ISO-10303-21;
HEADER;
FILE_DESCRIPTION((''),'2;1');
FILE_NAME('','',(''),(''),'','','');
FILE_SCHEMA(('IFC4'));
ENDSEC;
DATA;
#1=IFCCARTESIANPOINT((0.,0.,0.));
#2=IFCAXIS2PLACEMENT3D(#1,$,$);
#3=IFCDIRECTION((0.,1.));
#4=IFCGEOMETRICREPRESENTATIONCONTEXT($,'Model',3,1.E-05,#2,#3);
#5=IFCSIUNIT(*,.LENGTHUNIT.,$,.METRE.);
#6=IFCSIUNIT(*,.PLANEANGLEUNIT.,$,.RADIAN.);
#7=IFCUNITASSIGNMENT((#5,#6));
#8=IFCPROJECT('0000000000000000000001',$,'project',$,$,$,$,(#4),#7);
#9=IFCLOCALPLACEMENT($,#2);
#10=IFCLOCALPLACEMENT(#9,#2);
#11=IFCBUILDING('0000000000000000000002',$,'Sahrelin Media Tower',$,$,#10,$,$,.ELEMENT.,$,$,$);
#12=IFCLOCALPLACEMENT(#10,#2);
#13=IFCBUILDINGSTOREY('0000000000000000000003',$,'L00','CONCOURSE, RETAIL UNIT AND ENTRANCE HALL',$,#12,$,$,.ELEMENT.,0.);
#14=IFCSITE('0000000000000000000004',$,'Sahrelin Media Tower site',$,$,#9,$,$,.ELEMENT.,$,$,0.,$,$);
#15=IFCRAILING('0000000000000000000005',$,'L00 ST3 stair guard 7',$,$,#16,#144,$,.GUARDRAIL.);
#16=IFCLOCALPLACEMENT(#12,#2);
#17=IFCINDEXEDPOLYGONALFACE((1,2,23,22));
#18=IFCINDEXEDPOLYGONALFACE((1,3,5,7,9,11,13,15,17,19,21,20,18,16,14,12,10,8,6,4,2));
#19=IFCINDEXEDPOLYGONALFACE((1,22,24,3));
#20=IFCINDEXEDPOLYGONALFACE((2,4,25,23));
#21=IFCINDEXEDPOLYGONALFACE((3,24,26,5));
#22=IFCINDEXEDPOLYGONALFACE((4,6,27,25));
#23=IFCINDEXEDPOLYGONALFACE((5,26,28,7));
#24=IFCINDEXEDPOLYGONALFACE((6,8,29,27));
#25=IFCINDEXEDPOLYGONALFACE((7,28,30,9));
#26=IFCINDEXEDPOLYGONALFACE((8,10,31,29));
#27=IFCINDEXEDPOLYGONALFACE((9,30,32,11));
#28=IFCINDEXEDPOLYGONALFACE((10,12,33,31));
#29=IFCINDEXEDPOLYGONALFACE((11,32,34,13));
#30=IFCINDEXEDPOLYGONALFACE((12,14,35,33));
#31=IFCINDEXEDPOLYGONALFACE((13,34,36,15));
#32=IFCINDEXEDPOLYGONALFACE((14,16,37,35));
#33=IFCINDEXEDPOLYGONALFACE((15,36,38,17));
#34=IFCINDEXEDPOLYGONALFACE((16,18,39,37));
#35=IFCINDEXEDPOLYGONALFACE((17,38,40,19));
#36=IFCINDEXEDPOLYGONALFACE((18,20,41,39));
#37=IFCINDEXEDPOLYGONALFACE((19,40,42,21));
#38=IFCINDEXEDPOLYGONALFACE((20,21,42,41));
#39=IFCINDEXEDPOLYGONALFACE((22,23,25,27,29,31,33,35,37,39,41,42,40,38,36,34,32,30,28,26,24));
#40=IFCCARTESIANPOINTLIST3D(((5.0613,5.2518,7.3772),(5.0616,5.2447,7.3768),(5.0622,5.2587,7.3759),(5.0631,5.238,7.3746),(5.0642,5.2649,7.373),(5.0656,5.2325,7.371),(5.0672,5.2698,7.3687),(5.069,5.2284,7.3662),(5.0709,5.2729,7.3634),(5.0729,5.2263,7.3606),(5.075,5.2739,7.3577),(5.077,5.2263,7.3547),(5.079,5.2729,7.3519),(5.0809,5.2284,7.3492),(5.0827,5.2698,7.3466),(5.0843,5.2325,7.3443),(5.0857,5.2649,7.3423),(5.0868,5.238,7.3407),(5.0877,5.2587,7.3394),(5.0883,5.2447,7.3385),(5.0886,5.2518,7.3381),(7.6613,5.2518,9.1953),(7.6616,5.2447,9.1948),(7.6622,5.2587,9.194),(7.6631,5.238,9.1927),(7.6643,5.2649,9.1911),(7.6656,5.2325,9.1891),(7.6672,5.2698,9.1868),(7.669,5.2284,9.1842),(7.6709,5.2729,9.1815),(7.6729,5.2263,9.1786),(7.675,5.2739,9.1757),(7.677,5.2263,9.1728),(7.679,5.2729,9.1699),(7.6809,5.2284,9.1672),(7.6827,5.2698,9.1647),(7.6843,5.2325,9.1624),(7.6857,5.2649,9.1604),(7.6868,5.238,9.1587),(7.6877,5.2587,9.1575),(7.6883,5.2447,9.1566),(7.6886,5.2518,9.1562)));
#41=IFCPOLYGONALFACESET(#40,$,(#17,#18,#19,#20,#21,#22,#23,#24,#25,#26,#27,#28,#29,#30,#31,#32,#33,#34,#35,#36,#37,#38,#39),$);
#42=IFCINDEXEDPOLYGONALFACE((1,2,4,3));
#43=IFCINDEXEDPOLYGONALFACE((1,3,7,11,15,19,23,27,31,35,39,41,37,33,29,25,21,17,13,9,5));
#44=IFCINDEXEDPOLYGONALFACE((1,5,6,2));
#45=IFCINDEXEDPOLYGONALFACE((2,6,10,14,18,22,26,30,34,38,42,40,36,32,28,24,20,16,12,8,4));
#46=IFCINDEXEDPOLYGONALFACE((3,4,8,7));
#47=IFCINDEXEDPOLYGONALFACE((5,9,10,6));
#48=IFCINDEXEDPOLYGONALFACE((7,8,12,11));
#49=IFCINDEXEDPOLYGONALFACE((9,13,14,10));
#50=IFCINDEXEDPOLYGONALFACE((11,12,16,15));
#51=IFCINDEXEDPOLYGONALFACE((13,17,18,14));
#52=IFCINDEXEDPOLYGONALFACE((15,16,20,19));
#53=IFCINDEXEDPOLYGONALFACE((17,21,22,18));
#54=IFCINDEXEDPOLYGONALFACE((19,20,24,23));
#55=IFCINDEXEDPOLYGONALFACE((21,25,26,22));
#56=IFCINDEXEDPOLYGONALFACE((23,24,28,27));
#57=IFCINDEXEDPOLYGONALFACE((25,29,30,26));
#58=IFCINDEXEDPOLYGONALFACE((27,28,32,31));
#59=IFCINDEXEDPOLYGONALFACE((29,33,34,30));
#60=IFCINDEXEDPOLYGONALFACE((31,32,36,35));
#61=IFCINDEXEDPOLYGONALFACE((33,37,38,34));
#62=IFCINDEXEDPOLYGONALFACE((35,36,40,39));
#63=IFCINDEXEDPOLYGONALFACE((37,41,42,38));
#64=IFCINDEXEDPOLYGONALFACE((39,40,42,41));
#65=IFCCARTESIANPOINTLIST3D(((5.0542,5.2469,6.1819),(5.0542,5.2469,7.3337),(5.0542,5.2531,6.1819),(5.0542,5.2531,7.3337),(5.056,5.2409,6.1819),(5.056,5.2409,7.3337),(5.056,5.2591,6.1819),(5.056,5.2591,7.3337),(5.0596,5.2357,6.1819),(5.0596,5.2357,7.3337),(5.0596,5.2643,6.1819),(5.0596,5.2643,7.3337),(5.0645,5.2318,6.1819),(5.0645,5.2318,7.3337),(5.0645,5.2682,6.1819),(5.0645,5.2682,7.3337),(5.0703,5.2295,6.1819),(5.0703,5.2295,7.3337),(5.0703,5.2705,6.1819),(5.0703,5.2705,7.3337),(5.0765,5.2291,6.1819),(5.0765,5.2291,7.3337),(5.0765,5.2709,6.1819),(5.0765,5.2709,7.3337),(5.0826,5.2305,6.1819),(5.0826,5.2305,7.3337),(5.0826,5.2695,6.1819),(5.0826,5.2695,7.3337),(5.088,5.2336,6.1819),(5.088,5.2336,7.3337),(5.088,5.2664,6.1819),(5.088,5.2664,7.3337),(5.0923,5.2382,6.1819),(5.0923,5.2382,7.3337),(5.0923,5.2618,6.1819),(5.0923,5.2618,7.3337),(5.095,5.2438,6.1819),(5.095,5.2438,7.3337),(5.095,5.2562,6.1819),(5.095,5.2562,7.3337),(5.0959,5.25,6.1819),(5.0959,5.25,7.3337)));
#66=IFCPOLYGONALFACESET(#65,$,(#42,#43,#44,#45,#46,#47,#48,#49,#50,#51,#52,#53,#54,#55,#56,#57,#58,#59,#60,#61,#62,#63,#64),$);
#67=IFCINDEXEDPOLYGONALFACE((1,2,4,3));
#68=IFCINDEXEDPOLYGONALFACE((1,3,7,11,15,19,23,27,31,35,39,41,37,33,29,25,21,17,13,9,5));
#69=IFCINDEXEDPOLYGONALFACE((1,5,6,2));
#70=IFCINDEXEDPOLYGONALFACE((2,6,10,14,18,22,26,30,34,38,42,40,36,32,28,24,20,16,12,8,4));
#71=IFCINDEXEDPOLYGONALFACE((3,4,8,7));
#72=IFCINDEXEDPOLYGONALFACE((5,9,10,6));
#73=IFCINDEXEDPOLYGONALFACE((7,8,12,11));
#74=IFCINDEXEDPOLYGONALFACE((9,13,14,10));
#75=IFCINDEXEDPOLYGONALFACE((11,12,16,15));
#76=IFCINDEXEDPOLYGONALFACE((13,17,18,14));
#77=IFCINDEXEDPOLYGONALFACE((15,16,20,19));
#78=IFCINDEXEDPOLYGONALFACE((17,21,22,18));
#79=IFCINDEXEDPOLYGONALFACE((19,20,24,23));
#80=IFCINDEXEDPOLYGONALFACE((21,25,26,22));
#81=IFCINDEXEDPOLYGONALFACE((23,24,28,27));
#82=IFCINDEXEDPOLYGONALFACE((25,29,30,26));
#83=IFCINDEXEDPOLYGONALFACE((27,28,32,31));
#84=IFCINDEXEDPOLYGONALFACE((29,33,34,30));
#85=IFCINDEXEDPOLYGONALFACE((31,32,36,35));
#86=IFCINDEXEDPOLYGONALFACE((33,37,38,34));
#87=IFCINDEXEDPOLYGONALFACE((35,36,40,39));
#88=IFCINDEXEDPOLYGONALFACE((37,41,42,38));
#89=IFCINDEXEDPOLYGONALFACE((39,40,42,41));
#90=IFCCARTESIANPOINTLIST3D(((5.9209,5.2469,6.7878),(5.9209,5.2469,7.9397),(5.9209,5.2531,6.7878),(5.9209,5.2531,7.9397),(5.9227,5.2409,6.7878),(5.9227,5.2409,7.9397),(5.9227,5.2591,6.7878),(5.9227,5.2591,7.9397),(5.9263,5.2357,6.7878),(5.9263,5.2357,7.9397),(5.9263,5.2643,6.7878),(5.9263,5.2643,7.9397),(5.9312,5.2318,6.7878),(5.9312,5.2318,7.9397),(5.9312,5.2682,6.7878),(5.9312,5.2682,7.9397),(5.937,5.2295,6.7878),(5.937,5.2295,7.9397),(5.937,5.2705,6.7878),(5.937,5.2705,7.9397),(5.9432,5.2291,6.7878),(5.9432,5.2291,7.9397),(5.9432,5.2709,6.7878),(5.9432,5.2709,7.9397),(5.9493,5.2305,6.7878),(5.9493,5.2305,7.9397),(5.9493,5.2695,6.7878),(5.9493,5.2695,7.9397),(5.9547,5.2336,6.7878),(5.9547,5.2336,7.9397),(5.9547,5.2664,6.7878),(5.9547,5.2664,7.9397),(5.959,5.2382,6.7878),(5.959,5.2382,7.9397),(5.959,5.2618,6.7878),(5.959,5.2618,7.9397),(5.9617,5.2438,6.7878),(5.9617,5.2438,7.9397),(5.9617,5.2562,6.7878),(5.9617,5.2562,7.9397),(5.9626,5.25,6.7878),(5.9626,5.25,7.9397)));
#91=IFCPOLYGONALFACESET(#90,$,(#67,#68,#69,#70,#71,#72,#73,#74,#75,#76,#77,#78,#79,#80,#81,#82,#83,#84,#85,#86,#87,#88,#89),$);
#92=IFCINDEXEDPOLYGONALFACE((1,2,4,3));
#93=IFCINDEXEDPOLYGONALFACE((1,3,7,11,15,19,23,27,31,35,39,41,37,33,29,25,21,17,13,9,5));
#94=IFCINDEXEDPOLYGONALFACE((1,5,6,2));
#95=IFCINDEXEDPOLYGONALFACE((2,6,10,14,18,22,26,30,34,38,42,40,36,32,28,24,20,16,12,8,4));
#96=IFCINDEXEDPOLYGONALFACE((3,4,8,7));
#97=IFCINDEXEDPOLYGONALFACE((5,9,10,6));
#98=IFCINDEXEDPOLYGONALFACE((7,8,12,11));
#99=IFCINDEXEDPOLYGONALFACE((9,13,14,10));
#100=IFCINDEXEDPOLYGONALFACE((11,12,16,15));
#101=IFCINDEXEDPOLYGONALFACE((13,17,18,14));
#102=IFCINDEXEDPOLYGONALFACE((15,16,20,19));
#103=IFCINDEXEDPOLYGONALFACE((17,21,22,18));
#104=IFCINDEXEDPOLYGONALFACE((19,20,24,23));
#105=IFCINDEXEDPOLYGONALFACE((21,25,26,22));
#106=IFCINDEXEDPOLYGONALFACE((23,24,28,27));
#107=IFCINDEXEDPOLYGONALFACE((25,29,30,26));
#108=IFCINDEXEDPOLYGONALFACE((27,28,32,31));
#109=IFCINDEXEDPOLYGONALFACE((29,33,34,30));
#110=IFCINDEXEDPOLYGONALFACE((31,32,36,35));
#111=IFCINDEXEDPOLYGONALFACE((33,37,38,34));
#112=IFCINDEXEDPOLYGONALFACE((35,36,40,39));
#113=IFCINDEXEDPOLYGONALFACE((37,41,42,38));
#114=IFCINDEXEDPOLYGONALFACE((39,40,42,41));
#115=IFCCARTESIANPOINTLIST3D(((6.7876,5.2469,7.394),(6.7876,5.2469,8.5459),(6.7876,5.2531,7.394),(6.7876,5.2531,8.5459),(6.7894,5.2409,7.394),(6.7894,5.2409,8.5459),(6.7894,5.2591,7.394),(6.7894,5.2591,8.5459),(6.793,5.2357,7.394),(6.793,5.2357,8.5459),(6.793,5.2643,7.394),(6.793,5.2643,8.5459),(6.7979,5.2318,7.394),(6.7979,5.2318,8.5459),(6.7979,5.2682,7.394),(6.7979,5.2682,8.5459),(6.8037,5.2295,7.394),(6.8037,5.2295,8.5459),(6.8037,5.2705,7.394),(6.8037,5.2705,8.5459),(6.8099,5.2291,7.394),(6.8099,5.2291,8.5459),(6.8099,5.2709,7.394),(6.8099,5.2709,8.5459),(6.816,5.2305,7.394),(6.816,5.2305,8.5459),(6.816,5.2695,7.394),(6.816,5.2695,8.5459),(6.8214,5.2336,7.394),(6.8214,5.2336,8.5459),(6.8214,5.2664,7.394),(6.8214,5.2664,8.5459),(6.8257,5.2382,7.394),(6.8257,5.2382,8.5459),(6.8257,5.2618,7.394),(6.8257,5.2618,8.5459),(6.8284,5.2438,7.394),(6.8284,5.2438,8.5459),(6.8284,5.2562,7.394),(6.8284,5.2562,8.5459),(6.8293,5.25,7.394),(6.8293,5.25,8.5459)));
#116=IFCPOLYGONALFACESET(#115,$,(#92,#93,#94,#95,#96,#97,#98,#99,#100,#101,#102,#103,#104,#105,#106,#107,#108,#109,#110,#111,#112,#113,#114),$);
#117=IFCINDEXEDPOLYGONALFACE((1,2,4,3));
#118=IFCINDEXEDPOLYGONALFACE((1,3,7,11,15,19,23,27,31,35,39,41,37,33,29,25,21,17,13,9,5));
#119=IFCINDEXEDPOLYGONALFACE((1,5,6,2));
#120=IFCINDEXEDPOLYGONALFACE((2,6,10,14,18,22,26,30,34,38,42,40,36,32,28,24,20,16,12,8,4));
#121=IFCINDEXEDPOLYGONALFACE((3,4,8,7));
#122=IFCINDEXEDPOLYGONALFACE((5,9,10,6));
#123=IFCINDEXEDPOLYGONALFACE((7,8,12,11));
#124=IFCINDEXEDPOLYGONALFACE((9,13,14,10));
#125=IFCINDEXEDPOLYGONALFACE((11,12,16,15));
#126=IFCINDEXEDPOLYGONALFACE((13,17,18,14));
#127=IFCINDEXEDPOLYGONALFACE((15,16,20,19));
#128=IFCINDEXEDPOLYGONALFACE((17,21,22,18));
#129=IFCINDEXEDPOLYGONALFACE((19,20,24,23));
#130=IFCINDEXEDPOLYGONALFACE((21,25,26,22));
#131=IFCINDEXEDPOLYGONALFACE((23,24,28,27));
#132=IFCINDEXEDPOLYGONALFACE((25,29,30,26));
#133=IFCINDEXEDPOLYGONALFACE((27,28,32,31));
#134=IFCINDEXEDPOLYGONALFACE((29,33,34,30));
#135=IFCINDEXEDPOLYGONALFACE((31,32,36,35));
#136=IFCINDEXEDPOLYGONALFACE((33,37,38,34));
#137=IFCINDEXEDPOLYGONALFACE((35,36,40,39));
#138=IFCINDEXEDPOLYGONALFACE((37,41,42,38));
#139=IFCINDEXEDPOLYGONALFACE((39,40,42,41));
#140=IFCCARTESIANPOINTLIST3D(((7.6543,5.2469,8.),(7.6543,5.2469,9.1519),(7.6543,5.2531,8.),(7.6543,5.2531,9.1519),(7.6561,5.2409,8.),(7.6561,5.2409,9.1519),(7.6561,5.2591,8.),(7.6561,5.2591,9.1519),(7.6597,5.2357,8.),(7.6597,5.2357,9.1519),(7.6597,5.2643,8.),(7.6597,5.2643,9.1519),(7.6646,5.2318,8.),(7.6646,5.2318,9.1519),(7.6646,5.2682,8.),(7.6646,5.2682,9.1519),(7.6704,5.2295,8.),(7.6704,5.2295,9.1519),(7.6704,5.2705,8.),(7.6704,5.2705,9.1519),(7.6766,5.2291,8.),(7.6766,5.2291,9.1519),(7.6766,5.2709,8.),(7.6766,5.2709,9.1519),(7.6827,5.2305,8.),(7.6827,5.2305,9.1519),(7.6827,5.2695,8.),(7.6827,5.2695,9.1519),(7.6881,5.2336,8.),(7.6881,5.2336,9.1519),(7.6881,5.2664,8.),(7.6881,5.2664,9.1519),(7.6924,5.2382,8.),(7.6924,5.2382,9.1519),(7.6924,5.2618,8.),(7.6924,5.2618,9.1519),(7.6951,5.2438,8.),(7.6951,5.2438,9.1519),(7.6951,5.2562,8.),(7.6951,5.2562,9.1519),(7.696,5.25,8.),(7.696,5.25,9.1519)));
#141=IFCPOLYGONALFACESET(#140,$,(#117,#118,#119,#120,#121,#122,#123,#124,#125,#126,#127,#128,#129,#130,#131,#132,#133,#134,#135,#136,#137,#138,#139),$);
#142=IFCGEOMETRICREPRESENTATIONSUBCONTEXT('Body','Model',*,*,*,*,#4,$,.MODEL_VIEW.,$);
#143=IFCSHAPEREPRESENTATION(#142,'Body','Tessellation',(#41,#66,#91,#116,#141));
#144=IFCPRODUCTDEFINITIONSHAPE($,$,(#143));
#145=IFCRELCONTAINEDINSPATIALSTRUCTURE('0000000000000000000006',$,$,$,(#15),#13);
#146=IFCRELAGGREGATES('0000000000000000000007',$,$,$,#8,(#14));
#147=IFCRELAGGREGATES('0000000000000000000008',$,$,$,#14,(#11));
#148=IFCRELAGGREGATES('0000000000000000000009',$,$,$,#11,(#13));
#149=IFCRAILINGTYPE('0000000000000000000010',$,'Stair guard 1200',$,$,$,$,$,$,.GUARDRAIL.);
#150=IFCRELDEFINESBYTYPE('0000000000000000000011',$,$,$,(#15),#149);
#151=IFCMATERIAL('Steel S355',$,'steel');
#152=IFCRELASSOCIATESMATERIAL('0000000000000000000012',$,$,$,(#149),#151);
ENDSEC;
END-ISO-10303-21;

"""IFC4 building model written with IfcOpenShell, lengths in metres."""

from ifc_helpers import new_model, si_unit, direction, frame, origin, origin_2d, place, context, subcontext, project, spatial, circle, extrude, material, type_object, element, save


model = new_model("IFC4")

# Units and contexts
model_context = context("Model", 3, precision=1e-05, world=origin(), true_north=direction((0.0, 1.0)))
body_context = subcontext(model_context, "Body", "Model", "MODEL_VIEW")
ifc_project = project(units=[si_unit("LENGTHUNIT", "METRE"), si_unit("PLANEANGLEUNIT", "RADIAN")], contexts=[model_context])

# Site, building, storey
site_placement = place(None, origin())
site = spatial("IfcSite", under=ifc_project, at=site_placement, Name="Sahrelin Media Tower site", CompositionType="ELEMENT", RefElevation=0.0)
building_placement = place(site_placement, origin())
building = spatial("IfcBuilding", under=site, at=building_placement, Name="Sahrelin Media Tower", CompositionType="ELEMENT")
storey_placement = place(building_placement, origin())
storey = spatial("IfcBuildingStorey", under=building, at=storey_placement, Name="L00", Description="CONCOURSE, RETAIL UNIT AND ENTRANCE HALL", CompositionType="ELEMENT", Elevation=0.0)

# Shared definitions
ifc_material_1 = material(Name="Steel S355", Category="steel")

# Railing
railing_type_1 = type_object("IfcRailingType", Name="Stair guard 1200", PredefinedType="GUARDRAIL", material=ifc_material_1)
railing_1_placement = place(storey_placement, frame((5.075, 5.25, 6.1819)))
element("IfcRailing", 1, at=railing_1_placement, inside=storey, type_object=railing_type_1, Name="L00 ST3 stair guard 7", PredefinedType="GUARDRAIL", context=body_context, shape_type="SweptSolid", body=[
    extrude(circle(Radius=0.0239, at=origin_2d()), frame((0.0, 0.0, 1.1758), z_axis=(0.819521, 0.0, 0.573049), x_axis=(0.0, 1.0, 0.0)), (0.0, 0.0, 1.0), 3.1726),
    extrude(circle(Radius=0.021, at=origin_2d()), origin(), (0.0, 0.0, 1.0), 1.1519),
    extrude(circle(Radius=0.021, at=origin_2d()), frame((0.8667, 0.0, 0.606)), (0.0, 0.0, 1.0), 1.1519),
    extrude(circle(Radius=0.021, at=origin_2d()), frame((1.7334, 0.0, 1.2122)), (0.0, 0.0, 1.0), 1.1519),
    extrude(circle(Radius=0.021, at=origin_2d()), frame((2.6001, 0.0, 1.8181)), (0.0, 0.0, 1.0), 1.1519),
])

save(model, "model.ifc")
